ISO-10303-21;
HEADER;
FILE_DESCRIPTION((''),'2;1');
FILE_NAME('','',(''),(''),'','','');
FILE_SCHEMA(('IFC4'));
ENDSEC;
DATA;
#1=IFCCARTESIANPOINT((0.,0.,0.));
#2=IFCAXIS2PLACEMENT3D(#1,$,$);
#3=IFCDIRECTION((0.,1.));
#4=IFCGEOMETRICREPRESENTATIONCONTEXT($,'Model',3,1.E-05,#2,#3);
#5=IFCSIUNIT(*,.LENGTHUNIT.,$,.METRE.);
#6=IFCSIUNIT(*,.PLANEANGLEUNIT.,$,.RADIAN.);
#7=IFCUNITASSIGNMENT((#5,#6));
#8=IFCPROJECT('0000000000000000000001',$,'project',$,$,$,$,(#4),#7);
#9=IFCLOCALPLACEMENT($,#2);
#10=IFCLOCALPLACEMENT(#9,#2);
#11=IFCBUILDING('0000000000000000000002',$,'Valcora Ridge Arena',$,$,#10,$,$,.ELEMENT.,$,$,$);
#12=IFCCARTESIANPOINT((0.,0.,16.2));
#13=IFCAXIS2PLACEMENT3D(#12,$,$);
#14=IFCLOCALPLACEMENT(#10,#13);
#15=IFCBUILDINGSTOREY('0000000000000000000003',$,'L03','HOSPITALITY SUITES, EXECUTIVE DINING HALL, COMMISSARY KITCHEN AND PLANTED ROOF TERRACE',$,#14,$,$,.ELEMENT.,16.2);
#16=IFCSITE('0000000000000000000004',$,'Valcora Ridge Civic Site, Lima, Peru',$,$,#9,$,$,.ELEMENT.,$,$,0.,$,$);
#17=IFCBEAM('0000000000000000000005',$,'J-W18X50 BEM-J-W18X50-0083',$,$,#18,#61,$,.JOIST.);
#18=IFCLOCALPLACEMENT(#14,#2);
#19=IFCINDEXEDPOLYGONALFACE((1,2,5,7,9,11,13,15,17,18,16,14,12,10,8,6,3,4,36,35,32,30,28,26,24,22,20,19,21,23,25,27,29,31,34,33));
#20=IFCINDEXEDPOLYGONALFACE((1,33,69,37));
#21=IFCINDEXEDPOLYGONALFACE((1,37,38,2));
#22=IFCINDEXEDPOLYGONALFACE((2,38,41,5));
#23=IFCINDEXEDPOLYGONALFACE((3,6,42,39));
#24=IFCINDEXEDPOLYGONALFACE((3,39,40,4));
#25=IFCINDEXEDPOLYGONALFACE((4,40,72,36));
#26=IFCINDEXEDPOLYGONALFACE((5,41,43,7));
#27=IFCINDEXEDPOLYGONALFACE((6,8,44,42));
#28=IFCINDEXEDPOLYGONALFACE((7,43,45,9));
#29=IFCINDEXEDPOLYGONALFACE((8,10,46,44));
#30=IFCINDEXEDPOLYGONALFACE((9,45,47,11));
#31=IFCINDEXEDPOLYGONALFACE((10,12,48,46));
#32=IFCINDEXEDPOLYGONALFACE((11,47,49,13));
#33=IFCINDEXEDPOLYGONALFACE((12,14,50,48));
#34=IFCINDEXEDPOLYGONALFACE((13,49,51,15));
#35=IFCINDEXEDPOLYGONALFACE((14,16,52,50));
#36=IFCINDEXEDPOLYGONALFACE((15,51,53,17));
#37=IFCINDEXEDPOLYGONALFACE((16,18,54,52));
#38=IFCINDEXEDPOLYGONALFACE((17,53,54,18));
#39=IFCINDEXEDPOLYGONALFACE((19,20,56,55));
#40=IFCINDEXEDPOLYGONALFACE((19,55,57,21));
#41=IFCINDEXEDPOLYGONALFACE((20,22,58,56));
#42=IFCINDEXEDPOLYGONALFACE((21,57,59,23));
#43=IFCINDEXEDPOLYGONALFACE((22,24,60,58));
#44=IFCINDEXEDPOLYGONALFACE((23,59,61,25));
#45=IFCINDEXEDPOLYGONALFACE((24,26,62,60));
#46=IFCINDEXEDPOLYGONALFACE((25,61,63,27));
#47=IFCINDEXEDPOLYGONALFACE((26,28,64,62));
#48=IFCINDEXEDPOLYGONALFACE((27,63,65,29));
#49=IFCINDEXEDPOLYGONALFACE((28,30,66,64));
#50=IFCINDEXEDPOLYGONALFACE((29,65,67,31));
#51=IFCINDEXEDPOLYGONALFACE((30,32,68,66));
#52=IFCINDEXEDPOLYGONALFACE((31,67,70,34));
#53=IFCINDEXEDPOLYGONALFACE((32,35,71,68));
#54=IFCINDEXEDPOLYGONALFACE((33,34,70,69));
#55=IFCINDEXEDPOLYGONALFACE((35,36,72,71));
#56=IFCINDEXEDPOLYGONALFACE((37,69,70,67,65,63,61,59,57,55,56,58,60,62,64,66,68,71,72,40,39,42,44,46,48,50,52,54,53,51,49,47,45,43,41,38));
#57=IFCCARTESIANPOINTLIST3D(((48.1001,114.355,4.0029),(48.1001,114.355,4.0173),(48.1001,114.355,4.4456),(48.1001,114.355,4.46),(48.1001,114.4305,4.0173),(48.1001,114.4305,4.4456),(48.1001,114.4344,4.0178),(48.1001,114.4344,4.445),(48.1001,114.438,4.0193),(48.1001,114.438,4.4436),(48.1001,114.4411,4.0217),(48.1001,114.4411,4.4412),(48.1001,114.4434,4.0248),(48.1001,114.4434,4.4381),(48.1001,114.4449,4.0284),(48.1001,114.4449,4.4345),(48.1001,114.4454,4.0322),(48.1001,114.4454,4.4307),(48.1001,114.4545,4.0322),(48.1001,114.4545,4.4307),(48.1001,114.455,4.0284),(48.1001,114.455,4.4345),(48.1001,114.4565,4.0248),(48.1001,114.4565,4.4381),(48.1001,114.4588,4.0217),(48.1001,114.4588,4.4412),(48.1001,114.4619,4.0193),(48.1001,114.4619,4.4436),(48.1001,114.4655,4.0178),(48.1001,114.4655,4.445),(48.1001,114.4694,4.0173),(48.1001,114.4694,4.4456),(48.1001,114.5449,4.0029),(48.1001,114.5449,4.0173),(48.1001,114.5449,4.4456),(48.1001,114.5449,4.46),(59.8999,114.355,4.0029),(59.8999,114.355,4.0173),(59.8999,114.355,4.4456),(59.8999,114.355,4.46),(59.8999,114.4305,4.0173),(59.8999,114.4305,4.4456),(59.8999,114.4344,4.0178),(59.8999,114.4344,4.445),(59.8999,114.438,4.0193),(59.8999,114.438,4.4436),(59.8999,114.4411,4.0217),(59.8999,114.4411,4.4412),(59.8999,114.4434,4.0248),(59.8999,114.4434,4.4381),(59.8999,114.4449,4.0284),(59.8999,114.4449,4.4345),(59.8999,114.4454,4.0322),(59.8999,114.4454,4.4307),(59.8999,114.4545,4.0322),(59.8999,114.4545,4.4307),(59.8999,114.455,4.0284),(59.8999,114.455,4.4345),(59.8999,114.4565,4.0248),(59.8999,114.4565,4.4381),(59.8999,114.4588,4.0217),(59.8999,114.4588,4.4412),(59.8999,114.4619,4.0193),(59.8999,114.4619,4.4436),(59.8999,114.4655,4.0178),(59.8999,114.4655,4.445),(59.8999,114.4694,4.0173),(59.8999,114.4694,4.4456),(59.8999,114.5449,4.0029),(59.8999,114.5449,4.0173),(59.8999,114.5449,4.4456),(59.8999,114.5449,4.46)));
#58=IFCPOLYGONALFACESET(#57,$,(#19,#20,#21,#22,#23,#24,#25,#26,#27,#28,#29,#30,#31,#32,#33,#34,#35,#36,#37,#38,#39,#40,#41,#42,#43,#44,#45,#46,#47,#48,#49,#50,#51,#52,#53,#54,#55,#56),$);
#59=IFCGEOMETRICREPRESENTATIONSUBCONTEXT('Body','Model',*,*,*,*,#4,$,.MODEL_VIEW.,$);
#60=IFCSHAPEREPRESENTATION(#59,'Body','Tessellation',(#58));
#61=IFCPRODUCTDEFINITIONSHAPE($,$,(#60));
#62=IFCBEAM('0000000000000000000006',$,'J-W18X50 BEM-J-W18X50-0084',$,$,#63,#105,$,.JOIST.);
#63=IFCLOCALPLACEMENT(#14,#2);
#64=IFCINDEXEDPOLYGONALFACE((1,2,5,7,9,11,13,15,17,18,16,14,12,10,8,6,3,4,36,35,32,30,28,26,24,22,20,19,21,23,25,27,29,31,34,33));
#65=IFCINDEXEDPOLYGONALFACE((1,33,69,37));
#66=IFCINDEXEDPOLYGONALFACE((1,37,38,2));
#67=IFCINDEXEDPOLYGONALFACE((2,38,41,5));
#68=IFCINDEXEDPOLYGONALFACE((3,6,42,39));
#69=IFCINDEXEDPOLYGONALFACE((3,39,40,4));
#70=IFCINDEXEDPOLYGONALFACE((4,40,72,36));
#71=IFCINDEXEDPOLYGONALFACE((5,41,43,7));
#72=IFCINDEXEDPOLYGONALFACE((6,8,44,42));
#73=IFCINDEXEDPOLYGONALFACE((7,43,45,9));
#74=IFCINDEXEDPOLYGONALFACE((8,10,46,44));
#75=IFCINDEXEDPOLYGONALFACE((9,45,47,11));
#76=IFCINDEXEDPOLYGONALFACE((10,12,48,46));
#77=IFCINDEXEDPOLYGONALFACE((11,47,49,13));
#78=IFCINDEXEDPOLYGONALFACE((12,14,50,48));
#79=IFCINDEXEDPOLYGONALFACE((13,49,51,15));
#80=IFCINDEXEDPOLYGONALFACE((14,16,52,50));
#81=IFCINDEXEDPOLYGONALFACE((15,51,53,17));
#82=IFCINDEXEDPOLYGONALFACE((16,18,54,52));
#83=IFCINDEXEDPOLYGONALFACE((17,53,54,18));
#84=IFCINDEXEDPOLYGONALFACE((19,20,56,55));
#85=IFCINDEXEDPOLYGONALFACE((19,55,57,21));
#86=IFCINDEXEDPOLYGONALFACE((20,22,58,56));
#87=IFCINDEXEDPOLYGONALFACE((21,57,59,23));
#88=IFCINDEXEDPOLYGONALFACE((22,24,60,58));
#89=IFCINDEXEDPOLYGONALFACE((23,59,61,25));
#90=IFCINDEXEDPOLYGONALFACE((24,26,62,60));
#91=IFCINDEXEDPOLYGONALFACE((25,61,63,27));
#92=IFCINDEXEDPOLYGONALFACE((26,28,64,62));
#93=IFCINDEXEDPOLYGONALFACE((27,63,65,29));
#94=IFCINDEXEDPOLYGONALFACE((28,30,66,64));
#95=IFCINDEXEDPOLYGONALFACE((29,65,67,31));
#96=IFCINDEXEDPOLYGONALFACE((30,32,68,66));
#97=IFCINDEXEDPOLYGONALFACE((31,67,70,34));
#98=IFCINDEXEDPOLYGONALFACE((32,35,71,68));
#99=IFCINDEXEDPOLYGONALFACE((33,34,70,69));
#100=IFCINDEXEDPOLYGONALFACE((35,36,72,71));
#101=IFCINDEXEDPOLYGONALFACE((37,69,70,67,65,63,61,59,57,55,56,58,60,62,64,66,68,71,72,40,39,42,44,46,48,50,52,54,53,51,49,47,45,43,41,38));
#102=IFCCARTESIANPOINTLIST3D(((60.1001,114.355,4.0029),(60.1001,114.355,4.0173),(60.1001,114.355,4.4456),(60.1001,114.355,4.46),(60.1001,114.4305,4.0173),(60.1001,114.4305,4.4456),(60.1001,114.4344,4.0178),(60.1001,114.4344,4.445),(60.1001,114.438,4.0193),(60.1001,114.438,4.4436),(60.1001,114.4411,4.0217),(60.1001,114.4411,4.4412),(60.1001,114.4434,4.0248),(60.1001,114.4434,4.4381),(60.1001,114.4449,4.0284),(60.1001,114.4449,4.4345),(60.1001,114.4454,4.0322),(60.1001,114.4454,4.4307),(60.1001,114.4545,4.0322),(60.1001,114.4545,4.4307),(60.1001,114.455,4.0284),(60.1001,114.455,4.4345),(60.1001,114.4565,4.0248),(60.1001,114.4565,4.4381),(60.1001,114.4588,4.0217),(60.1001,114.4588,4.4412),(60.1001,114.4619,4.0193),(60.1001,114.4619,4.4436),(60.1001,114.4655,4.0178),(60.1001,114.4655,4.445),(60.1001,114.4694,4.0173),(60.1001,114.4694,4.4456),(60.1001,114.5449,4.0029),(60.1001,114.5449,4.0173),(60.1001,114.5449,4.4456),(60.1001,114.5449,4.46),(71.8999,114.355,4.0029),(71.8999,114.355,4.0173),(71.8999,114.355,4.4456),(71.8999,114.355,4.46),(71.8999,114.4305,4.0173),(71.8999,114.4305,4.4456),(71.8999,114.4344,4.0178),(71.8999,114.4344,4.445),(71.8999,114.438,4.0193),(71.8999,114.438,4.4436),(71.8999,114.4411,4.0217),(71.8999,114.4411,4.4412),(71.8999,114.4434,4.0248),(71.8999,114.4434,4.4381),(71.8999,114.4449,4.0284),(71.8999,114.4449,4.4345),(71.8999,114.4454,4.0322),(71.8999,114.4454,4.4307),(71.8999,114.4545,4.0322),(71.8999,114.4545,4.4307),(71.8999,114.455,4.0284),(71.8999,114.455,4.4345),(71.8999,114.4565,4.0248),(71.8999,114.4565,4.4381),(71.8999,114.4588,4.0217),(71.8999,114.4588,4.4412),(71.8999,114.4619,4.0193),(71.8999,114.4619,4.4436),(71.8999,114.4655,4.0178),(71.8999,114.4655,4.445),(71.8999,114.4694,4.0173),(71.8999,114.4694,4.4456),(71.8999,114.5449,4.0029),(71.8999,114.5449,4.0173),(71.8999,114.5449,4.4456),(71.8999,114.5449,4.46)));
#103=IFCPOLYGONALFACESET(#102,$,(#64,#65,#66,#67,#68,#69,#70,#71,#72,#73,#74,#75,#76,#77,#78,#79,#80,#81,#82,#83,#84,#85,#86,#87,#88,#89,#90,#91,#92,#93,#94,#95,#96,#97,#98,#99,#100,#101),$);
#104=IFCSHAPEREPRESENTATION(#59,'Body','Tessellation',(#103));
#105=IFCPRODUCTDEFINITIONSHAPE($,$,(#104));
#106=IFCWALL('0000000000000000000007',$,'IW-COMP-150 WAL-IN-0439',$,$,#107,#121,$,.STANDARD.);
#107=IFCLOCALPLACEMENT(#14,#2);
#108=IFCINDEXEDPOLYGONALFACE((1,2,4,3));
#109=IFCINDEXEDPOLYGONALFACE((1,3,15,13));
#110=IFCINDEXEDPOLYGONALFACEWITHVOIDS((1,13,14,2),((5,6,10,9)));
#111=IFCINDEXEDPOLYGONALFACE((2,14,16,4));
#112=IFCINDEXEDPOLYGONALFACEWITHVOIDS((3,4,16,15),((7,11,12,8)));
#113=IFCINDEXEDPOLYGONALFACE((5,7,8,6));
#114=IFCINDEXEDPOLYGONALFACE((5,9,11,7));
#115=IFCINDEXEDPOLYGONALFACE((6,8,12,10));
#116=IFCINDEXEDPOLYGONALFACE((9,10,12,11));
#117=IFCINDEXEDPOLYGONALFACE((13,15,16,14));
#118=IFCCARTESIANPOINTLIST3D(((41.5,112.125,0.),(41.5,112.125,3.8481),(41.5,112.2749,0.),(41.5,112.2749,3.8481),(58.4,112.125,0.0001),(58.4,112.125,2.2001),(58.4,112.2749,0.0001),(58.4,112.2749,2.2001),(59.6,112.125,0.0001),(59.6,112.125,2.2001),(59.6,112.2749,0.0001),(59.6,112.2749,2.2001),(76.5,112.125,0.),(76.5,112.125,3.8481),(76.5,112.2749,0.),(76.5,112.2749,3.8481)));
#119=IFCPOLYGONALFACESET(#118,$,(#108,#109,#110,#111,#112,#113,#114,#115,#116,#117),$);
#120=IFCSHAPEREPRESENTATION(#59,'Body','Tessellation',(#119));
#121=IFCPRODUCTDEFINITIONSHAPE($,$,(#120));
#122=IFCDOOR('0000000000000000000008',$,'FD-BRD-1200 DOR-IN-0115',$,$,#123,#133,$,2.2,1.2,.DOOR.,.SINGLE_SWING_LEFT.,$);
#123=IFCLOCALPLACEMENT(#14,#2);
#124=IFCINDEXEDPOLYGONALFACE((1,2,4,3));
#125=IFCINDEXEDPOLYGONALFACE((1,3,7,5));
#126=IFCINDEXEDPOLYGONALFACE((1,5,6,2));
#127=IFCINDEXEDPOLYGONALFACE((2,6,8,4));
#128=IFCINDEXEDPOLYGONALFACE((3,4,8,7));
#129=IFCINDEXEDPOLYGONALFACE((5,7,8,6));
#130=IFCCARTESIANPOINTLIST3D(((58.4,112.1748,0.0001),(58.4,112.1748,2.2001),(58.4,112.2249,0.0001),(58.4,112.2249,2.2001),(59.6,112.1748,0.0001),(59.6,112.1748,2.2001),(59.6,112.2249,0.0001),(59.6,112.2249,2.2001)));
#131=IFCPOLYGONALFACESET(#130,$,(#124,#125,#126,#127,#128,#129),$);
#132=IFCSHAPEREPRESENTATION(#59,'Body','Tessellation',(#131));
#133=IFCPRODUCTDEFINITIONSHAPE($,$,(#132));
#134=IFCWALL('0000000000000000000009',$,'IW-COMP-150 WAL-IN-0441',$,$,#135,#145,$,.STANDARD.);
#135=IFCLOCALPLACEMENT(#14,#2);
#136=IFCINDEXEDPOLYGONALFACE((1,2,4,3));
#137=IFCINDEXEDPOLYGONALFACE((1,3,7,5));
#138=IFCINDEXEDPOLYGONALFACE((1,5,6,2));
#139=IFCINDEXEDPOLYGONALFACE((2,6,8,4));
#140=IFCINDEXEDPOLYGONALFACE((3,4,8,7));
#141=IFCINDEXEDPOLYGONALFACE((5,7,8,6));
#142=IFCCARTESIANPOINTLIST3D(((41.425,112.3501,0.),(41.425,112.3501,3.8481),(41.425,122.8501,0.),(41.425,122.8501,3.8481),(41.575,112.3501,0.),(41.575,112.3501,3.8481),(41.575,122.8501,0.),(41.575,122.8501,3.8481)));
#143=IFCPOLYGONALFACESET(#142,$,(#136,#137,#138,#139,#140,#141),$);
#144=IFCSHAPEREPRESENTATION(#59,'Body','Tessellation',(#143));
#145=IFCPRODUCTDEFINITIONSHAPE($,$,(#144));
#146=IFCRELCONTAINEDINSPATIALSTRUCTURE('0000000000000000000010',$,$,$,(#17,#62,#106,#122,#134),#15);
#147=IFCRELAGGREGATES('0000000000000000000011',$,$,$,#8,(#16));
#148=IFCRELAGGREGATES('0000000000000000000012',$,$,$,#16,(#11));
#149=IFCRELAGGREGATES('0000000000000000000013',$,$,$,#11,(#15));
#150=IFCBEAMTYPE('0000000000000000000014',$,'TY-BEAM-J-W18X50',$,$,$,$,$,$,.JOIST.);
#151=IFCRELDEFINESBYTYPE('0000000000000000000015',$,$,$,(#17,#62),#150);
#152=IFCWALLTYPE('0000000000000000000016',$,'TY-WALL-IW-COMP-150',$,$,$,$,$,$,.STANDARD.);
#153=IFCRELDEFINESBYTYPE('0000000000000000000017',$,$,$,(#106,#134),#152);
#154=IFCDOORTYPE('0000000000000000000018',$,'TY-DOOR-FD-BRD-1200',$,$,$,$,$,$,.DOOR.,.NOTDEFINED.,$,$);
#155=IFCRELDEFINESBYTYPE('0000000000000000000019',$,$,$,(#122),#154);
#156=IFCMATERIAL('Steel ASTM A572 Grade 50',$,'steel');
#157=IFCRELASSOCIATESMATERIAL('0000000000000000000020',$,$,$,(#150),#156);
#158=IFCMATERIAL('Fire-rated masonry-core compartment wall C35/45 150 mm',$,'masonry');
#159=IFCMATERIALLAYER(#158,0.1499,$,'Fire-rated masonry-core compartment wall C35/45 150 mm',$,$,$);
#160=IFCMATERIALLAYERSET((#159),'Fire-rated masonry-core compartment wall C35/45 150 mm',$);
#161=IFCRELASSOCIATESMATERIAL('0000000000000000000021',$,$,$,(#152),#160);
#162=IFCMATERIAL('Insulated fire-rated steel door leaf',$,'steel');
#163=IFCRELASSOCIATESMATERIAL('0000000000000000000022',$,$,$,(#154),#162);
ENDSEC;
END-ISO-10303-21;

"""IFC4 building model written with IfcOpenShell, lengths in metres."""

from ifc_helpers import new_model, si_unit, direction, frame, frame_2d, origin, origin_2d, place, context, subcontext, project, spatial, rectangle, i_section, extrude, material, layer, layer_set, material_profile, profile_set, type_object, element, fill, save


model = new_model("IFC4")

# Units and contexts
model_context = context("Model", 3, precision=1e-05, world=origin(), true_north=direction((0.0, 1.0)))
body_context = subcontext(model_context, "Body", "Model", "MODEL_VIEW")
ifc_project = project(units=[si_unit("LENGTHUNIT", "METRE"), si_unit("PLANEANGLEUNIT", "RADIAN")], contexts=[model_context])

# Site, building, storey
site_placement = place(None, origin())
site = spatial("IfcSite", under=ifc_project, at=site_placement, Name="Valcora Ridge Civic Site, Lima, Peru", CompositionType="ELEMENT", RefElevation=0.0)
building_placement = place(site_placement, origin())
building = spatial("IfcBuilding", under=site, at=building_placement, Name="Valcora Ridge Arena", CompositionType="ELEMENT")
storey_placement = place(building_placement, frame((0.0, 0.0, 16.2)))
storey = spatial("IfcBuildingStorey", under=building, at=storey_placement, Name="L03", Description="HOSPITALITY SUITES, EXECUTIVE DINING HALL, COMMISSARY KITCHEN AND PLANTED ROOF TERRACE", CompositionType="ELEMENT", Elevation=16.2)

# Beams
ifc_material_1 = material(Name="Steel ASTM A572 Grade 50", Category="steel")
ifc_material_profile_1 = material_profile(ifc_material_1, i_section(OverallWidth=0.1899, OverallDepth=0.457, WebThickness=0.009, FlangeThickness=0.0144, FilletRadius=0.0149, at=origin_2d()), Name="W18X50")
ifc_profile_set_1 = profile_set([ifc_material_profile_1], Name="Steel ASTM A572 Grade 50")
beam_type_1 = type_object("IfcBeamType", Name="TY-BEAM-J-W18X50", PredefinedType="JOIST", material=ifc_profile_set_1)
for number, where, z_axis, x_axis, name in (
    (1, (48.1001, 114.45, 4.2314), (1.0, 0.0, 0.0), (0.0, 1.0, 0.0), "J-W18X50 BEM-J-W18X50-0083"),
    (2, (60.1001, 114.45, 4.2314), (1.0, 0.0, 0.0), (0.0, 1.0, 0.0), "J-W18X50 BEM-J-W18X50-0084"),
):
    element("IfcBeam", number, at=place(storey_placement, frame(where, z_axis=z_axis, x_axis=x_axis)), inside=storey, type_object=beam_type_1, Name=name, PredefinedType="JOIST", context=body_context, shape_type="SweptSolid", body=[
        extrude(i_section(OverallWidth=0.1899, OverallDepth=0.457, WebThickness=0.009, FlangeThickness=0.0144, FilletRadius=0.0149, at=origin_2d()), origin(), (0.0, 0.0, 1.0), 11.7998),
    ])

# Wall, opening, door
ifc_material_2 = material(Name="Fire-rated masonry-core compartment wall C35/45 150 mm", Category="masonry")
ifc_layer_1 = layer(ifc_material_2, 0.1499, Name="Fire-rated masonry-core compartment wall C35/45 150 mm")
ifc_layer_set_1 = layer_set([ifc_layer_1], Name="Fire-rated masonry-core compartment wall C35/45 150 mm")
wall_type_1 = type_object("IfcWallType", Name="TY-WALL-IW-COMP-150", PredefinedType="STANDARD", material=ifc_layer_set_1)
wall_1_placement = place(storey_placement, frame((41.5, 112.2, 0.0), z_axis=(0.0, 0.0, 1.0), x_axis=(1.0, 0.0, 0.0)))
wall_1 = element("IfcWall", 3, at=wall_1_placement, inside=storey, type_object=wall_type_1, Name="IW-COMP-150 WAL-IN-0439", PredefinedType="STANDARD", context=body_context, shape_type="SweptSolid", body=[
    extrude(rectangle(XDim=35.0, YDim=0.1499, at=frame_2d((17.5, 0.0))), origin(), (0.0, 0.0, 1.0), 3.8481),
])
opening_1_placement = place(wall_1_placement, frame((16.8999, 0.0, 0.0)))
opening_1 = element("IfcOpeningElement", 4, at=opening_1_placement, cuts=wall_1, PredefinedType="OPENING", context=body_context, shape_type="SweptSolid", body=[
    extrude(rectangle(XDim=1.2, YDim=2.2, at=frame_2d((0.6001, 1.1001))), frame((0.0, 0.085, 0.0), z_axis=(0.0, -1.0, 0.0), x_axis=(1.0, 0.0, 0.0)), (0.0, 0.0, 1.0), 0.1699),
])
ifc_material_3 = material(Name="Insulated fire-rated steel door leaf", Category="steel")
door_type = type_object("IfcDoorType", Name="TY-DOOR-FD-BRD-1200", OperationType="NOTDEFINED", PredefinedType="DOOR", material=ifc_material_3)
door_placement = place(opening_1_placement, origin())
door = element("IfcDoor", 5, at=door_placement, inside=storey, type_object=door_type, Name="FD-BRD-1200 DOR-IN-0115", OperationType="SINGLE_SWING_LEFT", OverallHeight=2.2, OverallWidth=1.2, PredefinedType="DOOR", context=body_context, shape_type="SweptSolid", body=[
    extrude(rectangle(XDim=1.2, YDim=2.2, at=frame_2d((0.6001, 1.1001))), frame((0.0, 0.0249, 0.0), z_axis=(0.0, -1.0, 0.0), x_axis=(1.0, 0.0, 0.0)), (0.0, 0.0, 1.0), 0.05),
])
fill(opening_1, door)

# Wall
wall_2_placement = place(storey_placement, frame((41.5, 112.3501, 0.0), z_axis=(0.0, 0.0, 1.0), x_axis=(0.0, 1.0, 0.0)))
element("IfcWall", 6, at=wall_2_placement, inside=storey, type_object=wall_type_1, Name="IW-COMP-150 WAL-IN-0441", PredefinedType="STANDARD", context=body_context, shape_type="SweptSolid", body=[
    extrude(rectangle(XDim=10.5, YDim=0.1499, at=frame_2d((5.25, 0.0))), origin(), (0.0, 0.0, 1.0), 3.8481),
])

save(model, "model.ifc")
